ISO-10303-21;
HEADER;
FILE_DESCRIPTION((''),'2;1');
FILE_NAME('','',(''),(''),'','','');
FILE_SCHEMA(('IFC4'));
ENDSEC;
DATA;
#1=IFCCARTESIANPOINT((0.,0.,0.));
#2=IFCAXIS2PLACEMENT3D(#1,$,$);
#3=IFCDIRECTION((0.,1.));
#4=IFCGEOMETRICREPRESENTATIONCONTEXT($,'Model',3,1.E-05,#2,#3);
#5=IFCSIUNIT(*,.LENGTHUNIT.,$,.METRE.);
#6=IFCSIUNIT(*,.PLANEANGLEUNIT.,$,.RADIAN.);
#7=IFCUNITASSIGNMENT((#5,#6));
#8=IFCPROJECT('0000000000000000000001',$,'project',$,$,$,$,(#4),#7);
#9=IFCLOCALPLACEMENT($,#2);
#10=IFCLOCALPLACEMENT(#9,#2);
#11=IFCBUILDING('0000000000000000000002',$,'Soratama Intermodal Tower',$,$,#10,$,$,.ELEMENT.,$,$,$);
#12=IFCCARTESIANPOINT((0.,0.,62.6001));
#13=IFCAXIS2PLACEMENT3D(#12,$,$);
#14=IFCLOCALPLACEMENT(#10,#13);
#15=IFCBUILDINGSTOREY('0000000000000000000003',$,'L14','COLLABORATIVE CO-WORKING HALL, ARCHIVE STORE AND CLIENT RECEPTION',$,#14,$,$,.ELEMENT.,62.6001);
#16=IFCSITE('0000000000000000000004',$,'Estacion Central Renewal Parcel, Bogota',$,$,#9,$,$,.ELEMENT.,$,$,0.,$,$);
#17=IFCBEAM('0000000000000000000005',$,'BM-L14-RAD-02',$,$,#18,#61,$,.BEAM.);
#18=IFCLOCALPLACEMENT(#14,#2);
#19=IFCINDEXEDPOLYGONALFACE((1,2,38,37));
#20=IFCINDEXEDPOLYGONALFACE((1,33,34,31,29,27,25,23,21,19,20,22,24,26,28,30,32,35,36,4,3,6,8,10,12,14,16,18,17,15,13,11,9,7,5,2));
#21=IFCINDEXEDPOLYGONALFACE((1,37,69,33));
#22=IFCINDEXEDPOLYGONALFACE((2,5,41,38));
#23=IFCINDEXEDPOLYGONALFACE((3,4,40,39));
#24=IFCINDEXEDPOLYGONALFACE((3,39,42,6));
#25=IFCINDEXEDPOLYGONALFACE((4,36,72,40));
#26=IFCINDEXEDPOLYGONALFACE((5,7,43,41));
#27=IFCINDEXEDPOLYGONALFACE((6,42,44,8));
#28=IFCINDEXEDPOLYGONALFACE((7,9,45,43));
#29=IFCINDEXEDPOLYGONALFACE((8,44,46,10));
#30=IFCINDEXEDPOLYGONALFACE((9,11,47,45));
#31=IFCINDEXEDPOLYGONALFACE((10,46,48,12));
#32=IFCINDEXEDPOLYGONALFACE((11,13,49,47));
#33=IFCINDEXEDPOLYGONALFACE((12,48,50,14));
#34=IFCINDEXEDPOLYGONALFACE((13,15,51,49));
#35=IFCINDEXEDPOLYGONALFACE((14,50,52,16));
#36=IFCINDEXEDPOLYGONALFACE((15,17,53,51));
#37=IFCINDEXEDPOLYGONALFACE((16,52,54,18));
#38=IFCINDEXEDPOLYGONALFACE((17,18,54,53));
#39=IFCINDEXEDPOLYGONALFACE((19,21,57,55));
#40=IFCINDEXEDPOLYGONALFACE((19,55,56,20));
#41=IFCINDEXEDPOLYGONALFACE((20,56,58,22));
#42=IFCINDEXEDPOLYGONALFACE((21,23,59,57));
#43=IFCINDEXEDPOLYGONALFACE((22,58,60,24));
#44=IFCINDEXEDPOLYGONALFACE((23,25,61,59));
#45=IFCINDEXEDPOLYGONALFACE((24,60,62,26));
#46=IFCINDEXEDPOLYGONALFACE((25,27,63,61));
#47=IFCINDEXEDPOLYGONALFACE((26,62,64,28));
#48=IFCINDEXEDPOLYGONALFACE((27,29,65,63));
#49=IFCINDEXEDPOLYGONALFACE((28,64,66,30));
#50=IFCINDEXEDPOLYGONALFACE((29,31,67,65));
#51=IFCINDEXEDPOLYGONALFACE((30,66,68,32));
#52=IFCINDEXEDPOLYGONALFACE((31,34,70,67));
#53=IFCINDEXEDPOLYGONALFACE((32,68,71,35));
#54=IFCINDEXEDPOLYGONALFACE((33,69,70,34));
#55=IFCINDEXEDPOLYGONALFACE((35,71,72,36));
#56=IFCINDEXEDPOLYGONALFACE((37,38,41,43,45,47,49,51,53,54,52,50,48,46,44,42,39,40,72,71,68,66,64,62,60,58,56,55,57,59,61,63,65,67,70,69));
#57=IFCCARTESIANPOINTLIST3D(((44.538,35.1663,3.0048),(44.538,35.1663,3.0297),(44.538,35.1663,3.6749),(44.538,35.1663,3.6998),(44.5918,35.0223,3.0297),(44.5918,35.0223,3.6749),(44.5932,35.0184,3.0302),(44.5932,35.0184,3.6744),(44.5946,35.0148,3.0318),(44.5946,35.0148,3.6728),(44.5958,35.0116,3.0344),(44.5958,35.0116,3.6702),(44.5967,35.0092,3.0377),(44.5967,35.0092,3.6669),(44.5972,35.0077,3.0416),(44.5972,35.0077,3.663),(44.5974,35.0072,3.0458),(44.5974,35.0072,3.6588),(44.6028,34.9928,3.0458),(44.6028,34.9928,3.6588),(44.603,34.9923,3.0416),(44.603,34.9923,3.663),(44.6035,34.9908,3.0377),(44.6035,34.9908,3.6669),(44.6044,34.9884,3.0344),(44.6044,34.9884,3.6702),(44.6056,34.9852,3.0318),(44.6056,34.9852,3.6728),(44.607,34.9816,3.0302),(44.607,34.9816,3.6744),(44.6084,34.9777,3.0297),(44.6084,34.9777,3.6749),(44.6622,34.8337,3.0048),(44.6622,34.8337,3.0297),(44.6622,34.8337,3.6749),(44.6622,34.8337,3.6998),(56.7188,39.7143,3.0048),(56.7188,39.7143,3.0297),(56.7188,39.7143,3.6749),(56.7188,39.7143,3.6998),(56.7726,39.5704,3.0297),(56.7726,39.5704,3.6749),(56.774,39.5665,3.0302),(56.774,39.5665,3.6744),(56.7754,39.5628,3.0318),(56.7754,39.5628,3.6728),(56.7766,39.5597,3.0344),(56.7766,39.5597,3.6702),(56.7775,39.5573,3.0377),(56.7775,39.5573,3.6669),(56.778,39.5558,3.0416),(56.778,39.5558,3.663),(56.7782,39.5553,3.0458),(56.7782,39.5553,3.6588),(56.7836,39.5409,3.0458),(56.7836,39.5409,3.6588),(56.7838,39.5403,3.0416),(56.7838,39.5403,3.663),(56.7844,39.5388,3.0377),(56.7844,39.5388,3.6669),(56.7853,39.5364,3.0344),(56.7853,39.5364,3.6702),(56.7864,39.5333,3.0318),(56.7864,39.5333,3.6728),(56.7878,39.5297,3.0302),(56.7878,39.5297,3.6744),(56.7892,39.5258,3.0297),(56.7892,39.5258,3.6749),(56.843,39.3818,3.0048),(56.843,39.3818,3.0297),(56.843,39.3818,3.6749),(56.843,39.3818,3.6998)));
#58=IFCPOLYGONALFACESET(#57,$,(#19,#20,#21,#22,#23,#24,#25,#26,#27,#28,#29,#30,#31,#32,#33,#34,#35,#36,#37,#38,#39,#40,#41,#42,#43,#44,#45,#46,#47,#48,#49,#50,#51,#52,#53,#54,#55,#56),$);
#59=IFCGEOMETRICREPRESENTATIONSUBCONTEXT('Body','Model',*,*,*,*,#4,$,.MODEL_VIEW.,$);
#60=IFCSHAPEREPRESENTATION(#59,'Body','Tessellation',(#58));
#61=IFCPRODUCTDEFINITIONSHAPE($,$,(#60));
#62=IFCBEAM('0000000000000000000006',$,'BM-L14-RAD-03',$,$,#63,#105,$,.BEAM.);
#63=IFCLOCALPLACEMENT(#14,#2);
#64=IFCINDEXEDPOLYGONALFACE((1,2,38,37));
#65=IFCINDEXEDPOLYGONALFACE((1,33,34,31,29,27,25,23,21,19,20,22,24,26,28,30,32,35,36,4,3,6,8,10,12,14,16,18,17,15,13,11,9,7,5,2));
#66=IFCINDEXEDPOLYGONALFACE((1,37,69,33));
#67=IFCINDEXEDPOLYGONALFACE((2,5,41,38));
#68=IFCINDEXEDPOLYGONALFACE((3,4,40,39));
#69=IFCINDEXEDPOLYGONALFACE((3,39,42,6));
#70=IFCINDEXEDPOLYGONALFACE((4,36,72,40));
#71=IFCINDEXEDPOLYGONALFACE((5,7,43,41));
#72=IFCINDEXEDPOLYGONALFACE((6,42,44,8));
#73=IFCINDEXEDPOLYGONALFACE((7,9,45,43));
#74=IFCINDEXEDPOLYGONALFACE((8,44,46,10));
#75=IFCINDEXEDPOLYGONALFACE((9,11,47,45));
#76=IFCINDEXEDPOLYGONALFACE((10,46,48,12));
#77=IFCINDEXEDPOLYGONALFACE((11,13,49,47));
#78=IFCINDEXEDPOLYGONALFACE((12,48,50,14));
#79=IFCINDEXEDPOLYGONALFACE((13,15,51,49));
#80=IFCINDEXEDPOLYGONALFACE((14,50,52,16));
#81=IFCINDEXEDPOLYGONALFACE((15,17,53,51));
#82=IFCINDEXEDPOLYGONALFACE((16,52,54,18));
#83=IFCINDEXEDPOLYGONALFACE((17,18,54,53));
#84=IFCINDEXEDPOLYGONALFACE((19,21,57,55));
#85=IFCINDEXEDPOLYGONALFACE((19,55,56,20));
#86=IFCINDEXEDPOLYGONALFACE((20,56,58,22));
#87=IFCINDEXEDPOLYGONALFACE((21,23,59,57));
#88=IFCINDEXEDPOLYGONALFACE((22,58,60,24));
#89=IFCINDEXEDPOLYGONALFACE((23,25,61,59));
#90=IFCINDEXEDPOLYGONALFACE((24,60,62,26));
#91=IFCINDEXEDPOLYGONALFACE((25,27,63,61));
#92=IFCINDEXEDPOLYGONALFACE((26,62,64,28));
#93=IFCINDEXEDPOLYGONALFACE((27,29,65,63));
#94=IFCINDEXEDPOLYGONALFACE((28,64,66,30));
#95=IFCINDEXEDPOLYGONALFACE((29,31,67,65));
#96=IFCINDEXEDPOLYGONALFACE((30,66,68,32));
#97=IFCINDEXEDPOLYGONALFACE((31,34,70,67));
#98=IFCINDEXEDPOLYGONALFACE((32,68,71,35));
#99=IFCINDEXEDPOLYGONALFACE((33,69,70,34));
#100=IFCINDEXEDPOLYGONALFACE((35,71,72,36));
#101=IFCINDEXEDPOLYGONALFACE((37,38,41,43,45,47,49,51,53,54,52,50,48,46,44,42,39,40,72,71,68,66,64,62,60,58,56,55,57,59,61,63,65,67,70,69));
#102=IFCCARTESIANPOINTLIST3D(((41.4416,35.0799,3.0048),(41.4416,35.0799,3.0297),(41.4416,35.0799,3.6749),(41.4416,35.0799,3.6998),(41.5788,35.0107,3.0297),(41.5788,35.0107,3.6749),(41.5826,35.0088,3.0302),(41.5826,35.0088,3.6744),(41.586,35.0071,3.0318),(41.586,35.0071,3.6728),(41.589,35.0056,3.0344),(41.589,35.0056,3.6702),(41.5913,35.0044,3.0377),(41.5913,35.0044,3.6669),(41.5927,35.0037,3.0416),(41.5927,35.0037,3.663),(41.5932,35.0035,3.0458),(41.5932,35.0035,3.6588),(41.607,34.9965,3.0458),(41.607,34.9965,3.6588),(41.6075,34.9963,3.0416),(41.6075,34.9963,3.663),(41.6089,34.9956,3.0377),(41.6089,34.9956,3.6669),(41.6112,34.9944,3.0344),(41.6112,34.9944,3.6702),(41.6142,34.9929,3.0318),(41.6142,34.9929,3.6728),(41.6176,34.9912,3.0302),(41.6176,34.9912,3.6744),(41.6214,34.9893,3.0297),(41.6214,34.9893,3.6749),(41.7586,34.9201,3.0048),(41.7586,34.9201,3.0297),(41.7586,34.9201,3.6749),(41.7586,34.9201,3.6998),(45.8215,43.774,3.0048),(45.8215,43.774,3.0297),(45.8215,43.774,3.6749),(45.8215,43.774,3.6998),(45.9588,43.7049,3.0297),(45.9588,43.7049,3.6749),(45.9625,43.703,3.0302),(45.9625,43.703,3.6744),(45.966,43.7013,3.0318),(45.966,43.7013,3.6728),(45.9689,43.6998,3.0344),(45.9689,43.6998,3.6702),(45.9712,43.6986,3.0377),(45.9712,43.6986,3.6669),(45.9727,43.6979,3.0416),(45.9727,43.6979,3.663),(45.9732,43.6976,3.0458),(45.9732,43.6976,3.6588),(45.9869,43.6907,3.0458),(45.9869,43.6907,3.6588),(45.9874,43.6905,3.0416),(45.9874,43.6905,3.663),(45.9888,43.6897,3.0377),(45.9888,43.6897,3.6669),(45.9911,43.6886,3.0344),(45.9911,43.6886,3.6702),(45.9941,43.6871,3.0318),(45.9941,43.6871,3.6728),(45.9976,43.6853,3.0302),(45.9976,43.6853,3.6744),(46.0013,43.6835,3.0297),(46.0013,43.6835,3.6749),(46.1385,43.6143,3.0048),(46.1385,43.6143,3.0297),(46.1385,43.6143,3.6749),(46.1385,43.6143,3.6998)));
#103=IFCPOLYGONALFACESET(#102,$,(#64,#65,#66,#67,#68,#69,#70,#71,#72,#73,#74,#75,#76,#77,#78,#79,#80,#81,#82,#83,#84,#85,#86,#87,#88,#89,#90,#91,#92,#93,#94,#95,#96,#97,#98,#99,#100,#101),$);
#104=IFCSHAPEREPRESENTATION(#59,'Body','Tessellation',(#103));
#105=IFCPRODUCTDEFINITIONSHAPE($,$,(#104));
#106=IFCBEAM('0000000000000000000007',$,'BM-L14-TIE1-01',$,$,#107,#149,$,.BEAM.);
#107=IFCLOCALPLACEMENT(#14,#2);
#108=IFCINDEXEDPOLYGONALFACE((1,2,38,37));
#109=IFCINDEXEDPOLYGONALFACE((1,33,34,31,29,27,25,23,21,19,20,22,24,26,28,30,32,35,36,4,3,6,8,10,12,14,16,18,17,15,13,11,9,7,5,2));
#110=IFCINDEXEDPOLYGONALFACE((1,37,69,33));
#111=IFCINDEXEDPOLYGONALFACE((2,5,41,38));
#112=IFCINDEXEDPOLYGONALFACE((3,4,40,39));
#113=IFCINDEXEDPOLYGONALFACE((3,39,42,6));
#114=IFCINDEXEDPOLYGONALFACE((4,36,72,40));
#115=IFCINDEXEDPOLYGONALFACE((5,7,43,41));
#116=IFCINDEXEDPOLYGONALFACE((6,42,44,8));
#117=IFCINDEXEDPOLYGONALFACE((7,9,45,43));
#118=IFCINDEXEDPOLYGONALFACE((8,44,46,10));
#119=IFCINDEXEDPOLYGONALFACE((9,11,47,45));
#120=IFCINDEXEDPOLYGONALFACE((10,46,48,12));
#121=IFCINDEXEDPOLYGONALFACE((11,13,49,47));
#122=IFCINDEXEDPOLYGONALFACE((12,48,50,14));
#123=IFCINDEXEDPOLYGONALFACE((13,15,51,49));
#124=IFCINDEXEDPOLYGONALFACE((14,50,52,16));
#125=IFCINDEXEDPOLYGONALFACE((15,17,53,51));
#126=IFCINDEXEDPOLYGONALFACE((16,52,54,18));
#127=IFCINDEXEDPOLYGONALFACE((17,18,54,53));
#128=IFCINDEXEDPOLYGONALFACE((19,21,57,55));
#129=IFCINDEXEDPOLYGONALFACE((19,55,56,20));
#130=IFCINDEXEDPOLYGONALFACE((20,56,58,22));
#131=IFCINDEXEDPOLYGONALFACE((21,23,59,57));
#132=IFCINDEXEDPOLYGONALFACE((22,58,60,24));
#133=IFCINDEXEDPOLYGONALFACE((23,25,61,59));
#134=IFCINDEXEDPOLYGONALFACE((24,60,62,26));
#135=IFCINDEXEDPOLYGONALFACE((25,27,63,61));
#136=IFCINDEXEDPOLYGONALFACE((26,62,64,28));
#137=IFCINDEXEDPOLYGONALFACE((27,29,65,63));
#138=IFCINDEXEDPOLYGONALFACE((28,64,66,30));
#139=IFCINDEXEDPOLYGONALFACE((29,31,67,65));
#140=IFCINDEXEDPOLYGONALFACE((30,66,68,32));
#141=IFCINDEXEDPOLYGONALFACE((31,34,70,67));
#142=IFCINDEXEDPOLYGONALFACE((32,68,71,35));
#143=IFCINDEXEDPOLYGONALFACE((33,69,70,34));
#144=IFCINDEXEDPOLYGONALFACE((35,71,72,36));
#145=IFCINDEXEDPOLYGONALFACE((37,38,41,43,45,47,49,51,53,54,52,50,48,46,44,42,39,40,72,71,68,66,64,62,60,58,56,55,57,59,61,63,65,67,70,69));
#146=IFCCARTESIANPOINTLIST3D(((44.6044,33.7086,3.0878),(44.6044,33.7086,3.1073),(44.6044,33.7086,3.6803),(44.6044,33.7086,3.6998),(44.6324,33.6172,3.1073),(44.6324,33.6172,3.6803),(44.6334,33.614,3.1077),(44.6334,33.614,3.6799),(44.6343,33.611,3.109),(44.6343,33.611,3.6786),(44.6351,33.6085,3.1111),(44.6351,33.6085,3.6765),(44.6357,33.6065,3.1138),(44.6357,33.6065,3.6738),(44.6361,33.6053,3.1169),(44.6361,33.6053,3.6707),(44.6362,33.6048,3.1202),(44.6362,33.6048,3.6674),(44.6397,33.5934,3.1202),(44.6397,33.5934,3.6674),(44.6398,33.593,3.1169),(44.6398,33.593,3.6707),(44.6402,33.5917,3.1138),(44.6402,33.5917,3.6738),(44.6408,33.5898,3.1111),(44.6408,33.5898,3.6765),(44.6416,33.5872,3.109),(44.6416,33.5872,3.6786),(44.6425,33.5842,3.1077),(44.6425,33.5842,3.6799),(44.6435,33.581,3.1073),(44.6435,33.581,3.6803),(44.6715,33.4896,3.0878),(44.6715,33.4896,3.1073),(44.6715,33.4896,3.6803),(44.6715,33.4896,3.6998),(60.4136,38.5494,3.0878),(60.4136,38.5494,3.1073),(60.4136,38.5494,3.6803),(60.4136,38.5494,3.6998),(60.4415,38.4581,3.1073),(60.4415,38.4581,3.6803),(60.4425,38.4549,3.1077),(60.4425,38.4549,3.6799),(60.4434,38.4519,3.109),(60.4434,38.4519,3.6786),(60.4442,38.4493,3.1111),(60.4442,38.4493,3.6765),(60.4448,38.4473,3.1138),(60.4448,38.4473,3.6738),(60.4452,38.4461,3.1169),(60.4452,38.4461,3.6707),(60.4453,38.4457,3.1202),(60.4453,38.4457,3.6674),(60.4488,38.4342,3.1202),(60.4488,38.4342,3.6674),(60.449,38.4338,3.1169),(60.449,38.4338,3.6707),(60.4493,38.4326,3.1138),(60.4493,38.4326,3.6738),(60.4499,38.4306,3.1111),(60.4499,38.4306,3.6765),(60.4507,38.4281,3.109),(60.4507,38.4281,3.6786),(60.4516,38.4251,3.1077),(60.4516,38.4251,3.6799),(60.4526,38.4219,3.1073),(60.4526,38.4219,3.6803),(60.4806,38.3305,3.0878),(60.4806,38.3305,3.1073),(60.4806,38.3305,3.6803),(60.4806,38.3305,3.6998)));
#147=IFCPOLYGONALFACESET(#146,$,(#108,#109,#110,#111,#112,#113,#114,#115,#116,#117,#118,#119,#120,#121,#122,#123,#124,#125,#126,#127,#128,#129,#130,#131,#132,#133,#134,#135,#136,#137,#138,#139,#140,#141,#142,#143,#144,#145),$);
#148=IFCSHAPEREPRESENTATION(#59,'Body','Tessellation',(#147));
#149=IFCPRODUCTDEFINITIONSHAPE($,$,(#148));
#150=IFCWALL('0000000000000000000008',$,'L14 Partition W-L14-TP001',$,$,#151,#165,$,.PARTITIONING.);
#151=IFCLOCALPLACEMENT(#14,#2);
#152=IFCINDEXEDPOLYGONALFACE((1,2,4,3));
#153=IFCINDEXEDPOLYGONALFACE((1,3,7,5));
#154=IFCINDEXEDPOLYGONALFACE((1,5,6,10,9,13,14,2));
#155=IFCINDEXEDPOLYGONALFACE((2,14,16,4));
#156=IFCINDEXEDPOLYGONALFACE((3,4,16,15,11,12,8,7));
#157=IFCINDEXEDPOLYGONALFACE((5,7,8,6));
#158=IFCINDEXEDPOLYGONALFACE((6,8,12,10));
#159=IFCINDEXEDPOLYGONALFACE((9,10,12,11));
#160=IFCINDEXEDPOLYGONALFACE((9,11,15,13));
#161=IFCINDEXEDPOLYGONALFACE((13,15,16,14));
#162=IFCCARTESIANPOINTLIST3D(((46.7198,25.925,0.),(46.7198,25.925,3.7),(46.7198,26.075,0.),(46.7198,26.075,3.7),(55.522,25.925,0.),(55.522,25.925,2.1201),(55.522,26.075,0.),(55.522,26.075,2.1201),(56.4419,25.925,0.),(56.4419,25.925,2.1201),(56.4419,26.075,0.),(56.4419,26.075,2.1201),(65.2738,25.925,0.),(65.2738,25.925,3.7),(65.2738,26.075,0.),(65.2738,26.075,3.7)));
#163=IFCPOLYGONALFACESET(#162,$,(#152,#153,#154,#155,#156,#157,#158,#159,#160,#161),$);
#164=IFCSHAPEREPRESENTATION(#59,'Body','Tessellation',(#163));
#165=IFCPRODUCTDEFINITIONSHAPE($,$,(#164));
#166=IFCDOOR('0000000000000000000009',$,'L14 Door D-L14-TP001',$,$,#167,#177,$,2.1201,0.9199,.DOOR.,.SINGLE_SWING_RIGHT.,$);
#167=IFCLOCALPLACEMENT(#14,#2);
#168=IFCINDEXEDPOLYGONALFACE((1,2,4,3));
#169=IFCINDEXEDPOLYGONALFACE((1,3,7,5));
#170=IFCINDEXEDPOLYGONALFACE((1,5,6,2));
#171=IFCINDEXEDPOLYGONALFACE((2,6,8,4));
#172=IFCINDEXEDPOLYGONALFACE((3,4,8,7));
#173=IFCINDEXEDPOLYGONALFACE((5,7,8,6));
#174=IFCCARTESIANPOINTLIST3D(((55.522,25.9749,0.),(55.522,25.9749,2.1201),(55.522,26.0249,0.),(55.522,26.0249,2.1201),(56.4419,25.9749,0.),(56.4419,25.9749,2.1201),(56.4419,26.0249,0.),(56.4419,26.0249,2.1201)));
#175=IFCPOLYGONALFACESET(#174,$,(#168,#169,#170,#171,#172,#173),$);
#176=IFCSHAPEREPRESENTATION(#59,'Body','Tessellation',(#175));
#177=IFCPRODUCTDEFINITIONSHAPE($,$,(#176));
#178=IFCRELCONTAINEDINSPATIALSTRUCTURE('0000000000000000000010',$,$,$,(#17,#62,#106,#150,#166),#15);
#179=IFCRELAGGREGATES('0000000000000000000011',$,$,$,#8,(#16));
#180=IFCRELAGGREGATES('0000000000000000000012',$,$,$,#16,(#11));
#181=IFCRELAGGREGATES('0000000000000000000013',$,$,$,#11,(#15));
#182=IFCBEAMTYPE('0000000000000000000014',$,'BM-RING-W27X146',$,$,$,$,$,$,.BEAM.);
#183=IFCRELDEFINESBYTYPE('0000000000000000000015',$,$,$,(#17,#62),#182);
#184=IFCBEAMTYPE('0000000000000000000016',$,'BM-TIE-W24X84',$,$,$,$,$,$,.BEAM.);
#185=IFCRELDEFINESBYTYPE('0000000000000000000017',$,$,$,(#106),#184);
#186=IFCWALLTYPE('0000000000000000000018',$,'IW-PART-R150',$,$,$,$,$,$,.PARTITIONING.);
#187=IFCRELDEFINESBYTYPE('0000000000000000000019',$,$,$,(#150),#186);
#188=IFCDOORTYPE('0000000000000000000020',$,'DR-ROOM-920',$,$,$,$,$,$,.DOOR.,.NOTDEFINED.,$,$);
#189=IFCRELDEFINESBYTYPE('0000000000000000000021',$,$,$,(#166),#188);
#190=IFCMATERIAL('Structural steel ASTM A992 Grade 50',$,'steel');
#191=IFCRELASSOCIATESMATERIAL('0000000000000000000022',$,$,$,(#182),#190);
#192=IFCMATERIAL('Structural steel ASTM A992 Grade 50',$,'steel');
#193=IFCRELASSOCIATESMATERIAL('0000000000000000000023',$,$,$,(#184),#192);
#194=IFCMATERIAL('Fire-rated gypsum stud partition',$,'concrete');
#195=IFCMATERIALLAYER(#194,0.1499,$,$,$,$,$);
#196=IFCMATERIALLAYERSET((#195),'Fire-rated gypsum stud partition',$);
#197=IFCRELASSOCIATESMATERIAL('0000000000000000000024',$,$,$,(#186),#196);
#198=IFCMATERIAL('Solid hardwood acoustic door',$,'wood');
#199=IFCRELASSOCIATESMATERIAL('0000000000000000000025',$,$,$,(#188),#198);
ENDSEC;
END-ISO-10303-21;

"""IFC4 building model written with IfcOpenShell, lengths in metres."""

from ifc_helpers import new_model, si_unit, direction, frame, frame_2d, origin, origin_2d, place, context, subcontext, project, spatial, rectangle, i_section, extrude, material, layer, layer_set, material_profile, profile_set, type_object, element, fill, save


model = new_model("IFC4")

# Units and contexts
model_context = context("Model", 3, precision=1e-05, world=origin(), true_north=direction((0.0, 1.0)))
body_context = subcontext(model_context, "Body", "Model", "MODEL_VIEW")
ifc_project = project(units=[si_unit("LENGTHUNIT", "METRE"), si_unit("PLANEANGLEUNIT", "RADIAN")], contexts=[model_context])

# Site, building, storey
site_placement = place(None, origin())
site = spatial("IfcSite", under=ifc_project, at=site_placement, Name="Estacion Central Renewal Parcel, Bogota", CompositionType="ELEMENT", RefElevation=0.0)
building_placement = place(site_placement, origin())
building = spatial("IfcBuilding", under=site, at=building_placement, Name="Soratama Intermodal Tower", CompositionType="ELEMENT")
storey_placement = place(building_placement, frame((0.0, 0.0, 62.6001)))
storey = spatial("IfcBuildingStorey", under=building, at=storey_placement, Name="L14", Description="COLLABORATIVE CO-WORKING HALL, ARCHIVE STORE AND CLIENT RECEPTION", CompositionType="ELEMENT", Elevation=62.6001)

# Beams
ifc_material_1 = material(Name="Structural steel ASTM A992 Grade 50", Category="steel")
ifc_material_profile_1 = material_profile(ifc_material_1, i_section(OverallWidth=0.355, OverallDepth=0.6951, WebThickness=0.0154, FlangeThickness=0.0249, FilletRadius=0.0161, at=origin_2d()), Name="W27X146")
ifc_profile_set_1 = profile_set([ifc_material_profile_1], Name="Structural steel ASTM A992 Grade 50")
beam_type_1 = type_object("IfcBeamType", Name="BM-RING-W27X146", PredefinedType="BEAM", material=ifc_profile_set_1)
beam_1_placement = place(storey_placement, frame((44.6001, 35.0, 3.3523), z_axis=(0.936827, 0.349792, 0.0), x_axis=(-0.349792, 0.936827, 0.0)))
element("IfcBeam", 1, at=beam_1_placement, inside=storey, type_object=beam_type_1, Name="BM-L14-RAD-02", PredefinedType="BEAM", context=body_context, shape_type="SweptSolid", body=[
    extrude(i_section(OverallWidth=0.355, OverallDepth=0.6951, WebThickness=0.0154, FlangeThickness=0.0249, FilletRadius=0.0161, at=origin_2d()), origin(), (0.0, 0.0, 1.0), 13.0022),
])
beam_2_placement = place(storey_placement, frame((41.6001, 35.0, 3.3523), z_axis=(0.44991, 0.893074, 0.0), x_axis=(-0.893074, 0.44991, 0.0)))
element("IfcBeam", 2, at=beam_2_placement, inside=storey, type_object=beam_type_1, Name="BM-L14-RAD-03", PredefinedType="BEAM", context=body_context, shape_type="SweptSolid", body=[
    extrude(i_section(OverallWidth=0.355, OverallDepth=0.6951, WebThickness=0.0154, FlangeThickness=0.0249, FilletRadius=0.0161, at=origin_2d()), origin(), (0.0, 0.0, 1.0), 9.7351),
])
ifc_material_2 = material(Name="Structural steel ASTM A992 Grade 50", Category="steel")
ifc_material_profile_2 = material_profile(ifc_material_2, i_section(OverallWidth=0.229, OverallDepth=0.6121, WebThickness=0.012, FlangeThickness=0.0195, FilletRadius=0.0129, at=origin_2d()), Name="W24X84")
ifc_profile_set_2 = profile_set([ifc_material_profile_2], Name="Structural steel ASTM A992 Grade 50")
beam_type_2 = type_object("IfcBeamType", Name="BM-TIE-W24X84", PredefinedType="BEAM", material=ifc_profile_set_2)
beam_3_placement = place(storey_placement, frame((44.6379, 33.5991, 3.3938), z_axis=(0.956178, 0.292786, 0.0), x_axis=(-0.292786, 0.956178, 0.0)))
element("IfcBeam", 3, at=beam_3_placement, inside=storey, type_object=beam_type_2, Name="BM-L14-TIE1-01", PredefinedType="BEAM", context=body_context, shape_type="SweptSolid", body=[
    extrude(i_section(OverallWidth=0.229, OverallDepth=0.6121, WebThickness=0.012, FlangeThickness=0.0195, FilletRadius=0.0129, at=origin_2d()), origin(), (0.0, 0.0, 1.0), 16.5337),
])

# Wall, opening, door
ifc_material_3 = material(Name="Fire-rated gypsum stud partition", Category="concrete")
ifc_layer_1 = layer(ifc_material_3, 0.1499)
ifc_layer_set_1 = layer_set([ifc_layer_1], Name="Fire-rated gypsum stud partition")
wall_type_1 = type_object("IfcWallType", Name="IW-PART-R150", PredefinedType="PARTITIONING", material=ifc_layer_set_1)
wall_1_placement = place(storey_placement, frame((46.72, 26.0, 0.0), z_axis=(0.0, 0.0, 1.0), x_axis=(1.0, 0.0, 0.0)))
wall_1 = element("IfcWall", 4, at=wall_1_placement, inside=storey, type_object=wall_type_1, Name="L14 Partition W-L14-TP001", PredefinedType="PARTITIONING", context=body_context, shape_type="SweptSolid", body=[
    extrude(rectangle(XDim=18.554, YDim=0.1499, at=frame_2d((9.2769, 0.0))), origin(), (0.0, 0.0, 1.0), 3.7),
])
opening_1_placement = place(wall_1_placement, frame((8.802, 0.0, 0.0)))
opening_1 = element("IfcOpeningElement", 5, at=opening_1_placement, cuts=wall_1, PredefinedType="OPENING", context=body_context, shape_type="SweptSolid", body=[
    extrude(rectangle(XDim=0.9199, YDim=2.1201, at=frame_2d((0.46, 1.0601))), frame((0.0, 0.085, 0.0), z_axis=(0.0, -1.0, 0.0), x_axis=(1.0, 0.0, 0.0)), (0.0, 0.0, 1.0), 0.1699),
])
ifc_material_4 = material(Name="Solid hardwood acoustic door", Category="wood")
door_type_1 = type_object("IfcDoorType", Name="DR-ROOM-920", OperationType="NOTDEFINED", PredefinedType="DOOR", material=ifc_material_4)
door_1_placement = place(opening_1_placement, origin())
door_1 = element("IfcDoor", 6, at=door_1_placement, inside=storey, type_object=door_type_1, Name="L14 Door D-L14-TP001", OperationType="SINGLE_SWING_RIGHT", OverallHeight=2.1201, OverallWidth=0.9199, PredefinedType="DOOR", context=body_context, shape_type="SweptSolid", body=[
    extrude(rectangle(XDim=0.9199, YDim=2.1201, at=frame_2d((0.46, 1.0601))), frame((0.0, 0.0249, 0.0), z_axis=(0.0, -1.0, 0.0), x_axis=(1.0, 0.0, 0.0)), (0.0, 0.0, 1.0), 0.05),
])
fill(opening_1, door_1)

save(model, "model.ifc")
